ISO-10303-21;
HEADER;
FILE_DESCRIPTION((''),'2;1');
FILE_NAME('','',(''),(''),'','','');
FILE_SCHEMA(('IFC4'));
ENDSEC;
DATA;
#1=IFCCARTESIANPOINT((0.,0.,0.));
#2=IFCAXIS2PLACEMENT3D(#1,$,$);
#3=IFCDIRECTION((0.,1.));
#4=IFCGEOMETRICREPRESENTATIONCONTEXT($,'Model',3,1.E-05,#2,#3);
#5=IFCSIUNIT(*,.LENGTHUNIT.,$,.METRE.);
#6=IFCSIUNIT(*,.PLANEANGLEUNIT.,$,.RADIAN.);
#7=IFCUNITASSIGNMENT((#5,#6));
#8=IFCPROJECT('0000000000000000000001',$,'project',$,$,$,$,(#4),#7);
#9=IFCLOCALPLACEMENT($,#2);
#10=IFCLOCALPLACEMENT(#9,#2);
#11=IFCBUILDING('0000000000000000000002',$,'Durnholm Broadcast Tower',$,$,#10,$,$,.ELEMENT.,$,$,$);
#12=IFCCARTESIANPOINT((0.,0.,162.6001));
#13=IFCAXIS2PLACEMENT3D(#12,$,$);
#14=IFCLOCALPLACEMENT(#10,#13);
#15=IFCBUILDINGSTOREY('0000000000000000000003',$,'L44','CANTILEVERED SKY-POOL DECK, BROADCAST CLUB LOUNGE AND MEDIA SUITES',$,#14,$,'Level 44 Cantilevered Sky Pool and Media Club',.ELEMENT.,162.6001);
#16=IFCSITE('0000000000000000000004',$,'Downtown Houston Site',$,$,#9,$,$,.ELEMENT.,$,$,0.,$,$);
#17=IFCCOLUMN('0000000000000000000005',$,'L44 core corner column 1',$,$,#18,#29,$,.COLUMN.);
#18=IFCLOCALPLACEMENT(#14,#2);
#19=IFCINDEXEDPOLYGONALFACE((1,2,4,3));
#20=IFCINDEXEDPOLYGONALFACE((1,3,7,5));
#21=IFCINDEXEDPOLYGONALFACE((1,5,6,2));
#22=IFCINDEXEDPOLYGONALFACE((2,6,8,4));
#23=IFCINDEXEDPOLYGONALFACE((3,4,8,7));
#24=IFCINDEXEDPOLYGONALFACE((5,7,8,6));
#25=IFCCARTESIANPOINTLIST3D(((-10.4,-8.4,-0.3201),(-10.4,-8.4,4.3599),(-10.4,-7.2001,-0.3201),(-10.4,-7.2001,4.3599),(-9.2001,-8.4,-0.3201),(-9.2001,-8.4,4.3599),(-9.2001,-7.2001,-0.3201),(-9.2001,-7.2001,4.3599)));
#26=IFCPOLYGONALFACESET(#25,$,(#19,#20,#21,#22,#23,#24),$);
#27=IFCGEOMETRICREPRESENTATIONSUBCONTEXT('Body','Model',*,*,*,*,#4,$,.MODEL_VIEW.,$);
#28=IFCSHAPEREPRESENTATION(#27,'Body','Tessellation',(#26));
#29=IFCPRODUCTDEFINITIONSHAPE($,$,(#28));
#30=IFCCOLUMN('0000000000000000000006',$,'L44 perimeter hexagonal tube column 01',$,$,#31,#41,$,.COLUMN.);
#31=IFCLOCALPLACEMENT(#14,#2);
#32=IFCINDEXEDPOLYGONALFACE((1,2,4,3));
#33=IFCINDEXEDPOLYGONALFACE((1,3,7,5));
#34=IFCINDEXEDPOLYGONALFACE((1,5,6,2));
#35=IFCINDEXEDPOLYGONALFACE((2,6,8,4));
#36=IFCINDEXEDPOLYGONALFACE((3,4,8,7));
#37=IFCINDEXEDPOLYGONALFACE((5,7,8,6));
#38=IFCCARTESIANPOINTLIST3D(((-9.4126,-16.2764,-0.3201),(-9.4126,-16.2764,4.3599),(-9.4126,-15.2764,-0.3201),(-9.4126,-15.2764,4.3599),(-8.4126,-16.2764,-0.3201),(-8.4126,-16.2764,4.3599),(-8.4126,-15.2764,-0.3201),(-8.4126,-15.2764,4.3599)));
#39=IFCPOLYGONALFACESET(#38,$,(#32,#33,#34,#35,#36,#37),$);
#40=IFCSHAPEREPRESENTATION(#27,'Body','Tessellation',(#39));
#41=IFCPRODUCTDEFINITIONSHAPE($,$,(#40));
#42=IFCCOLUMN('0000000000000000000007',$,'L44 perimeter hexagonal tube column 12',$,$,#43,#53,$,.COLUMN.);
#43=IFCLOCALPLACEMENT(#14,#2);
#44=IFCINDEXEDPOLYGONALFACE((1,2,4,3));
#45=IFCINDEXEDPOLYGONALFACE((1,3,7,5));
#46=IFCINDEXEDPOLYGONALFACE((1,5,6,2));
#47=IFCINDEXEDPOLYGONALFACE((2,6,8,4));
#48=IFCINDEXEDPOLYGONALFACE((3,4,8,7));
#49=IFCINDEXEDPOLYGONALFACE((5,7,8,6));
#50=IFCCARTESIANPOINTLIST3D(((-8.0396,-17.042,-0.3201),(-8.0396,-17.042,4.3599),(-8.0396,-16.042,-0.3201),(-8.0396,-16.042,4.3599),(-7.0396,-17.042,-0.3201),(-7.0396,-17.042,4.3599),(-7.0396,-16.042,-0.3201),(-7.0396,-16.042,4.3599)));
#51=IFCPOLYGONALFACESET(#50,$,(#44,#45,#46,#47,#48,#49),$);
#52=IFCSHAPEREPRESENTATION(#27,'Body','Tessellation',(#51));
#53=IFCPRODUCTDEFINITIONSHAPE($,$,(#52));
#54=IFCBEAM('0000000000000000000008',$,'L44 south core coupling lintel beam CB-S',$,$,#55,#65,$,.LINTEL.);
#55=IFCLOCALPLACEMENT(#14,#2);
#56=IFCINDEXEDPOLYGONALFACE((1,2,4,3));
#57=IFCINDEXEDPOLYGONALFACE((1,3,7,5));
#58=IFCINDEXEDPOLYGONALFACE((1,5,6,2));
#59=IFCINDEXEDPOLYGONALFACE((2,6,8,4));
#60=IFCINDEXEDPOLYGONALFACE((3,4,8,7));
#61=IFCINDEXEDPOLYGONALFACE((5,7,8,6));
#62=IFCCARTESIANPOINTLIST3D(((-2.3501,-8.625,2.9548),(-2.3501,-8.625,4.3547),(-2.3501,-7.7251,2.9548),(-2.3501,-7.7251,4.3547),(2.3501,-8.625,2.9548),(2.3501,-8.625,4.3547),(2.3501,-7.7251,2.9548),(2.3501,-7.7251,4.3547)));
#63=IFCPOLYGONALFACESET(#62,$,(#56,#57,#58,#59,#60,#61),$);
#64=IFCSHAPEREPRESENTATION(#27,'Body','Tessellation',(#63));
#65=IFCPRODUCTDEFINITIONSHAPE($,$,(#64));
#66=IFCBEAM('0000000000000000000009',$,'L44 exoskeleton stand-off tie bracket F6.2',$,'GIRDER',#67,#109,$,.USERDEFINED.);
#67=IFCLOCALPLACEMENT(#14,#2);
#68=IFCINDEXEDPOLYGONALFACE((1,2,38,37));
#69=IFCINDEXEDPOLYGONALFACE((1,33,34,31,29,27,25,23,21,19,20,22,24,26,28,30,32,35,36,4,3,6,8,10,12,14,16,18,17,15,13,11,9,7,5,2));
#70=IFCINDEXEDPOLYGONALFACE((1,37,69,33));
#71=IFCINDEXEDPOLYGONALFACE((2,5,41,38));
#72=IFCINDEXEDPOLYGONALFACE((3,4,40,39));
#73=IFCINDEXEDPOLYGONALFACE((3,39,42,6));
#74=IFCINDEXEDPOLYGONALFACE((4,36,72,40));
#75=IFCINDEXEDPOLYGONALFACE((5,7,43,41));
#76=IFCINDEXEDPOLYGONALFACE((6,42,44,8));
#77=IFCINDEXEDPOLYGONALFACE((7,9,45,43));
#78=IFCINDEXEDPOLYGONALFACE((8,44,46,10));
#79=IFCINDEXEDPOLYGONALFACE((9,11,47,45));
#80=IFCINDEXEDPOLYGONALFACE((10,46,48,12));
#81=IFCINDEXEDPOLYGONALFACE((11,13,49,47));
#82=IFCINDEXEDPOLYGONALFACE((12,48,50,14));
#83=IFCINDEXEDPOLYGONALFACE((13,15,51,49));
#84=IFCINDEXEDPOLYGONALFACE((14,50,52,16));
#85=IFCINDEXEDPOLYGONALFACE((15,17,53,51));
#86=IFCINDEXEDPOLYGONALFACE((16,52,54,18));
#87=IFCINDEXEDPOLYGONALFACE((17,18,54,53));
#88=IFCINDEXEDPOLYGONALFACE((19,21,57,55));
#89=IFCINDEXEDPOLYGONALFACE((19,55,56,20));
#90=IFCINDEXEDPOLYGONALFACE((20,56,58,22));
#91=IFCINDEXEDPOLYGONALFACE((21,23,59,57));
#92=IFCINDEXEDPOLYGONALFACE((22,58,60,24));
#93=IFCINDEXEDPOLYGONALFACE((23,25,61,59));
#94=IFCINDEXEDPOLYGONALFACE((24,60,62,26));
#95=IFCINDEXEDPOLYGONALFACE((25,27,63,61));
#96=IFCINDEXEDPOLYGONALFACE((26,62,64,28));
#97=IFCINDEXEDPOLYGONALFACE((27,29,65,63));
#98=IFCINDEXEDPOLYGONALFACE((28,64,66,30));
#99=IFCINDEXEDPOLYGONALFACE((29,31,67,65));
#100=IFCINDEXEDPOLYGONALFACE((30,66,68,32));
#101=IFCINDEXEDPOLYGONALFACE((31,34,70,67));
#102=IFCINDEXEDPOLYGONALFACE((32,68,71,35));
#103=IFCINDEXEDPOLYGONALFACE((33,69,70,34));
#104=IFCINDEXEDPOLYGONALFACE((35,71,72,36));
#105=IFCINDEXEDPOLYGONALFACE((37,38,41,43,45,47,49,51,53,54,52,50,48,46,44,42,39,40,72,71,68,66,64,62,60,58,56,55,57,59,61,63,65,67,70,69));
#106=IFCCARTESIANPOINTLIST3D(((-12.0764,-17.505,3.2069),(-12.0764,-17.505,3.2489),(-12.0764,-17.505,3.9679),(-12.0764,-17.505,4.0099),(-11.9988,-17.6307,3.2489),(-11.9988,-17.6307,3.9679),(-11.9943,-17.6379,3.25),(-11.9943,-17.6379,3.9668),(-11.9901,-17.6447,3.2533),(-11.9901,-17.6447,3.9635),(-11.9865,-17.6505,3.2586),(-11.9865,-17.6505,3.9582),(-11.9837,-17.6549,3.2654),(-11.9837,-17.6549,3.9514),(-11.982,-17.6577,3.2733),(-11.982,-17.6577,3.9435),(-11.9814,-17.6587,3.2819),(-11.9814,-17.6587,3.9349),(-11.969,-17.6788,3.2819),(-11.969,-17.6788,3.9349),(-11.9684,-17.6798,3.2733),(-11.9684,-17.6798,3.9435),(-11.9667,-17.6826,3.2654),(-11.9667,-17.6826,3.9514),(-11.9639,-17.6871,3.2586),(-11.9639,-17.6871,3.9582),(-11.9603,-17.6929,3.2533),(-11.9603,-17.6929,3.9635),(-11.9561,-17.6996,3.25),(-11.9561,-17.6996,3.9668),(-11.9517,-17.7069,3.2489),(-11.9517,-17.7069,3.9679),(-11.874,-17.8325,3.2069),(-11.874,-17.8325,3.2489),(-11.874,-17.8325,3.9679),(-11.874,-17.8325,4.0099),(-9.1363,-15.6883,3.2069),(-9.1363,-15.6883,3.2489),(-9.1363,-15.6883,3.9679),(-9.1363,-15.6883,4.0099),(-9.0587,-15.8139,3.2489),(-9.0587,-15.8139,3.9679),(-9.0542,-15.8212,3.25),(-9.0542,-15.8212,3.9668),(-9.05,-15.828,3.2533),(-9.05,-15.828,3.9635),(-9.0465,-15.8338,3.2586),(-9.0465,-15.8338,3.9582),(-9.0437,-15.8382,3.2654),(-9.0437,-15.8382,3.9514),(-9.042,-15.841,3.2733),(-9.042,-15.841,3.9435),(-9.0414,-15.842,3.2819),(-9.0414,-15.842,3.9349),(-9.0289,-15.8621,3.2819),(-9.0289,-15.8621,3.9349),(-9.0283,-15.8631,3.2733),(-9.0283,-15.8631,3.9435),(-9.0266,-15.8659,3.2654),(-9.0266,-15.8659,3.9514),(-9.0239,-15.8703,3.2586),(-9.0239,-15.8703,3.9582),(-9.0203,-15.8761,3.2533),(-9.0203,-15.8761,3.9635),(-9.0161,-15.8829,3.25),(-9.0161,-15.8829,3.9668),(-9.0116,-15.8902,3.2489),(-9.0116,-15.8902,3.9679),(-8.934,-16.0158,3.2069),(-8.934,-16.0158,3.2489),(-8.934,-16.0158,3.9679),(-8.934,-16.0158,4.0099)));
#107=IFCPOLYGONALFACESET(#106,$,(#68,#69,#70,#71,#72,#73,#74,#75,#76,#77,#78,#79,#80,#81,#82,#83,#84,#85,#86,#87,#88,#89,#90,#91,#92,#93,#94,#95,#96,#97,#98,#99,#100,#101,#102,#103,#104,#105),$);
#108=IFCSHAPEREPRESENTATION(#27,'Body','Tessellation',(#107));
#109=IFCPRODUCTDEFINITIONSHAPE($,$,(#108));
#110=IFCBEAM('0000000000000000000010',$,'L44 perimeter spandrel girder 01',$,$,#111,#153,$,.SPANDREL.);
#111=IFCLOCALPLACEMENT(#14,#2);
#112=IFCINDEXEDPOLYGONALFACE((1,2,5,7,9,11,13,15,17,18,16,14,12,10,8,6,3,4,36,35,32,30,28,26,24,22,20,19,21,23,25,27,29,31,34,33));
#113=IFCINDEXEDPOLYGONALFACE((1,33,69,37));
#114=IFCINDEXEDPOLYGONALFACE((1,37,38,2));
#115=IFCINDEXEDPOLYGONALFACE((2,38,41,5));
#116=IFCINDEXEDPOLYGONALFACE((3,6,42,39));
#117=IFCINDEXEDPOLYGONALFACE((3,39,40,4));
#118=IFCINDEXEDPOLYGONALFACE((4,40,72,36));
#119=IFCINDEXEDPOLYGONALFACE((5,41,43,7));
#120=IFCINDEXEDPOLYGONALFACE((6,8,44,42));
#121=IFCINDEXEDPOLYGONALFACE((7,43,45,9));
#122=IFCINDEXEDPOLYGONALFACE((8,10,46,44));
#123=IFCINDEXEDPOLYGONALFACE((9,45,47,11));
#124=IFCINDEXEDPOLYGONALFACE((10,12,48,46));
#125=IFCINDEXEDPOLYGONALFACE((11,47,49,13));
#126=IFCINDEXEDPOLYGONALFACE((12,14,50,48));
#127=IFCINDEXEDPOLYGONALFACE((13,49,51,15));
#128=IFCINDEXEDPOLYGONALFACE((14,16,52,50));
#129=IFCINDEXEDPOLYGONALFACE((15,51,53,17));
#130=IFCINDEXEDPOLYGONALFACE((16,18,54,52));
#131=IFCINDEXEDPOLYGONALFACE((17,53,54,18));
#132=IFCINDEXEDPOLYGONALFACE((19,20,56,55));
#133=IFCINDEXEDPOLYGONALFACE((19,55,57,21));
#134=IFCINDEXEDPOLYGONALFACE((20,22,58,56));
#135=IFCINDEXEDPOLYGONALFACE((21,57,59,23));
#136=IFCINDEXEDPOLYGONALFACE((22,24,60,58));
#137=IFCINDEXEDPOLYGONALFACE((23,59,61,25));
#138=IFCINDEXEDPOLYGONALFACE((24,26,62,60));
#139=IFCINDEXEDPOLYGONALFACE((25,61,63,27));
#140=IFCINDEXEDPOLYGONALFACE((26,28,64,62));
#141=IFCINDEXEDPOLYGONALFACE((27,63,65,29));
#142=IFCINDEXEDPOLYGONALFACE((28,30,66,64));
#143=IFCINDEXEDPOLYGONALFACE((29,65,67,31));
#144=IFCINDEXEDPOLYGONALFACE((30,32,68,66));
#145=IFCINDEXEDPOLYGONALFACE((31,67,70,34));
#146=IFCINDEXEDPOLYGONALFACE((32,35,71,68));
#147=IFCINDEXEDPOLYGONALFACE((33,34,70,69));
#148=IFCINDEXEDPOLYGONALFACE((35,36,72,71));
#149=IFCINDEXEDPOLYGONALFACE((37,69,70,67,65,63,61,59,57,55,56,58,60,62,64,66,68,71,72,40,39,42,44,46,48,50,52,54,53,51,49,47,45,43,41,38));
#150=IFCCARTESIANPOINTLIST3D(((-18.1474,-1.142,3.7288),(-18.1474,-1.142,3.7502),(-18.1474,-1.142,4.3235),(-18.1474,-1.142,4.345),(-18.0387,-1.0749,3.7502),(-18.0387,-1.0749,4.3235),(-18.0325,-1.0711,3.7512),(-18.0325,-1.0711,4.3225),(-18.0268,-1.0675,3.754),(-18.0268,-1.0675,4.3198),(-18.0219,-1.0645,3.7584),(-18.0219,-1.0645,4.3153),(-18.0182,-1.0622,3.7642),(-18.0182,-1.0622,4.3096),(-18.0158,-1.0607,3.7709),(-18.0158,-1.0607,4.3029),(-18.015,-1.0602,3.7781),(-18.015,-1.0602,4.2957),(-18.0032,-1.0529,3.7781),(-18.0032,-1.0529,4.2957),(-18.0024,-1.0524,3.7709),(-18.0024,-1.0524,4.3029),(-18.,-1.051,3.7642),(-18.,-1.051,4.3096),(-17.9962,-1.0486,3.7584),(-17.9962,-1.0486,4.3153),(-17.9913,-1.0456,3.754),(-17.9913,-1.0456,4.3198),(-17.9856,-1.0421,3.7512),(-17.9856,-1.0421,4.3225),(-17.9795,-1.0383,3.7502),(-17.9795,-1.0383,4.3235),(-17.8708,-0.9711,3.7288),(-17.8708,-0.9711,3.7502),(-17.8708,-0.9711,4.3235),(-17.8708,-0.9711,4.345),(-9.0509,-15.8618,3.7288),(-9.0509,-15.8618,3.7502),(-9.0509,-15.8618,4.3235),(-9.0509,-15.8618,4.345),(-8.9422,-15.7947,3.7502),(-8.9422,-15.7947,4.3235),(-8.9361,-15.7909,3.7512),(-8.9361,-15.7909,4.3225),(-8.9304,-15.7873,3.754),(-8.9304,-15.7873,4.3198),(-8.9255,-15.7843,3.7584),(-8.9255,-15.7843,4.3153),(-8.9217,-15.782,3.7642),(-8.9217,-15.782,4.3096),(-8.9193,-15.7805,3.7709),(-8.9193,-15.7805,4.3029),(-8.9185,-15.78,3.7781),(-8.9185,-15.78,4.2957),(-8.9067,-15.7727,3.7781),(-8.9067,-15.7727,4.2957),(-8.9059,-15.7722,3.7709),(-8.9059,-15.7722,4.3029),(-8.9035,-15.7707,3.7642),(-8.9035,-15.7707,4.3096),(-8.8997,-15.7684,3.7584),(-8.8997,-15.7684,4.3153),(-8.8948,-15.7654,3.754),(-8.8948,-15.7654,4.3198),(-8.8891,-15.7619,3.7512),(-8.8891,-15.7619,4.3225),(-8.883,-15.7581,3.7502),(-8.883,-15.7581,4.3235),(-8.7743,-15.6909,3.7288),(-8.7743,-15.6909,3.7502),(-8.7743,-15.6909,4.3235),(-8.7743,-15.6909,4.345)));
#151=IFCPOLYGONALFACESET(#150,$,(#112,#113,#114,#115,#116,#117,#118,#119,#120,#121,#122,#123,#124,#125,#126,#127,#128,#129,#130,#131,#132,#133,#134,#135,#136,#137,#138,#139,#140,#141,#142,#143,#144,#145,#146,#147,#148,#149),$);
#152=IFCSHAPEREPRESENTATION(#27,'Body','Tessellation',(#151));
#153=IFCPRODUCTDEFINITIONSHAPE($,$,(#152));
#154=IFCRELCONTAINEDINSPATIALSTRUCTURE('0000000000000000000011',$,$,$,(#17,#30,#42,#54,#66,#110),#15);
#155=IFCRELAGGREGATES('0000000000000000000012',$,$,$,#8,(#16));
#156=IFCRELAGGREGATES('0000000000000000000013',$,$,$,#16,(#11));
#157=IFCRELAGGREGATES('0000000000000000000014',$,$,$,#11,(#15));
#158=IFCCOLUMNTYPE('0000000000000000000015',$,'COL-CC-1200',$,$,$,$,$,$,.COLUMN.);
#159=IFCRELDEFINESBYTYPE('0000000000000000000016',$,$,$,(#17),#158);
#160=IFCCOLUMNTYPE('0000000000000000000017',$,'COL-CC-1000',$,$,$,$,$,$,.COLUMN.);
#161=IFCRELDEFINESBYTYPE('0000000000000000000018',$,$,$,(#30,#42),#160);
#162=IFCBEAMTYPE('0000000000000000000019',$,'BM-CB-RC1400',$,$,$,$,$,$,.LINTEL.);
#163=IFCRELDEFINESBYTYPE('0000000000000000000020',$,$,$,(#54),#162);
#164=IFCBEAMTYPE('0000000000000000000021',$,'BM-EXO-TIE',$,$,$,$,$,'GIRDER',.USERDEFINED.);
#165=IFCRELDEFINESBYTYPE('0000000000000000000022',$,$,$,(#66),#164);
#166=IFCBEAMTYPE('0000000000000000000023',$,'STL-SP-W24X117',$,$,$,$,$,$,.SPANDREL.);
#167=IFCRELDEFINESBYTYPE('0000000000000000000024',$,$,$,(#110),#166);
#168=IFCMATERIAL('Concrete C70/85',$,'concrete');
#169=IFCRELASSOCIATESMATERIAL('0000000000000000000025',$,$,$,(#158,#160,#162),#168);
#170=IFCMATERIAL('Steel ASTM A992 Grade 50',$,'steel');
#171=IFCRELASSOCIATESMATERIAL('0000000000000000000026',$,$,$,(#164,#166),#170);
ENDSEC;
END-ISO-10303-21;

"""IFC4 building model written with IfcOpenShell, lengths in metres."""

from ifc_helpers import new_model, si_unit, direction, frame, origin, origin_2d, place, context, subcontext, project, spatial, rectangle, i_section, extrude, source, transform, mapped, material, material_profile, profile_set, type_object, type_shapes, element, save


model = new_model("IFC4")

# Units and contexts
model_context = context("Model", 3, precision=1e-05, world=origin(), true_north=direction((0.0, 1.0)))
body_context = subcontext(model_context, "Body", "Model", "MODEL_VIEW")
ifc_project = project(units=[si_unit("LENGTHUNIT", "METRE"), si_unit("PLANEANGLEUNIT", "RADIAN")], contexts=[model_context])

# Site, building, storey
site_placement = place(None, origin())
site = spatial("IfcSite", under=ifc_project, at=site_placement, Name="Downtown Houston Site", CompositionType="ELEMENT", RefElevation=0.0)
building_placement = place(site_placement, origin())
building = spatial("IfcBuilding", under=site, at=building_placement, Name="Durnholm Broadcast Tower", CompositionType="ELEMENT")
storey_placement = place(building_placement, frame((0.0, 0.0, 162.6001)))
storey = spatial("IfcBuildingStorey", under=building, at=storey_placement, Name="L44", Description="CANTILEVERED SKY-POOL DECK, BROADCAST CLUB LOUNGE AND MEDIA SUITES", LongName="Level 44 Cantilevered Sky Pool and Media Club", CompositionType="ELEMENT", Elevation=162.6001)

# Columns
ifc_material_1 = material(Name="Concrete C70/85", Category="concrete")
ifc_material_profile_1 = material_profile(ifc_material_1, rectangle(XDim=1.2, YDim=1.2, at=origin_2d()), Name="RC1200X1200")
ifc_profile_set_1 = profile_set([ifc_material_profile_1], Name="Concrete C70/85")
column_type_1 = type_object("IfcColumnType", Name="COL-CC-1200", PredefinedType="COLUMN", material=ifc_profile_set_1)
shared_shape_1 = source(origin(), body_context, "Body", "SweptSolid", [
    extrude(rectangle(XDim=1.2, YDim=1.2, at=origin_2d()), origin(), (0.0, 0.0, 1.0), 4.6799),
])
type_shapes(column_type_1, [shared_shape_1])
column_placement = place(storey_placement, frame((-9.8, -7.8, -0.3201), z_axis=(0.0, 0.0, 1.0), x_axis=(1.0, 0.0, 0.0)))
element("IfcColumn", 1, at=column_placement, inside=storey, type_object=column_type_1, Name="L44 core corner column 1", PredefinedType="COLUMN", context=body_context, shape_type="MappedRepresentation", body=[
    mapped(shared_shape_1, transform((0.0, 0.0, 0.0), x_axis=(1.0, 0.0, 0.0), y_axis=(0.0, 1.0, 0.0), z_axis=(0.0, 0.0, 1.0), scale=1.0)),
])
ifc_material_profile_2 = material_profile(ifc_material_1, rectangle(XDim=1.0, YDim=1.0, at=origin_2d()), Name="RC1000X1000")
ifc_profile_set_2 = profile_set([ifc_material_profile_2], Name="Concrete C70/85")
column_type_2 = type_object("IfcColumnType", Name="COL-CC-1000", PredefinedType="COLUMN", material=ifc_profile_set_2)
shared_shape_2 = source(origin(), body_context, "Body", "SweptSolid", [
    extrude(rectangle(XDim=1.0, YDim=1.0, at=origin_2d()), origin(), (0.0, 0.0, 1.0), 4.6799),
])
type_shapes(column_type_2, [shared_shape_2])
for number, where, z_axis, x_axis, name in (
    (2, (-8.9126, -15.7764, -0.3201), (0.0, 0.0, 1.0), (1.0, 0.0, 0.0), "L44 perimeter hexagonal tube column 01"),
    (3, (-7.5396, -16.542, -0.3201), (0.0, 0.0, 1.0), (1.0, 0.0, 0.0), "L44 perimeter hexagonal tube column 12"),
):
    element("IfcColumn", number, at=place(storey_placement, frame(where, z_axis=z_axis, x_axis=x_axis)), inside=storey, type_object=column_type_2, Name=name, PredefinedType="COLUMN", context=body_context, shape_type="MappedRepresentation", body=[
        mapped(shared_shape_2, transform((0.0, 0.0, 0.0), x_axis=(1.0, 0.0, 0.0), y_axis=(0.0, 1.0, 0.0), z_axis=(0.0, 0.0, 1.0), scale=1.0)),
    ])

# Beams
ifc_material_profile_3 = material_profile(ifc_material_1, rectangle(XDim=0.8999, YDim=1.3999, at=origin_2d()), Name="RC900X1400")
ifc_profile_set_3 = profile_set([ifc_material_profile_3], Name="Concrete C70/85")
beam_type_1 = type_object("IfcBeamType", Name="BM-CB-RC1400", PredefinedType="LINTEL", material=ifc_profile_set_3)
shared_shape_3 = source(origin(), body_context, "Body", "SweptSolid", [
    extrude(rectangle(XDim=0.8999, YDim=1.3999, at=origin_2d()), origin(), (0.0, 0.0, 1.0), 4.7002),
])
type_shapes(beam_type_1, [shared_shape_3])
beam_1_placement = place(storey_placement, frame((-2.3501, -8.175, 3.6548), z_axis=(1.0, 0.0, 0.0), x_axis=(0.0, 1.0, 0.0)))
element("IfcBeam", 4, at=beam_1_placement, inside=storey, type_object=beam_type_1, Name="L44 south core coupling lintel beam CB-S", PredefinedType="LINTEL", context=body_context, shape_type="MappedRepresentation", body=[
    mapped(shared_shape_3, transform((0.0, 0.0, 0.0), x_axis=(1.0, 0.0, 0.0), y_axis=(0.0, 1.0, 0.0), z_axis=(0.0, 0.0, 1.0), scale=1.0)),
])
ifc_material_2 = material(Name="Steel ASTM A992 Grade 50", Category="steel")
ifc_material_profile_4 = material_profile(ifc_material_2, i_section(OverallWidth=0.385, OverallDepth=0.803, WebThickness=0.0237, FlangeThickness=0.042, FilletRadius=0.033, at=origin_2d()), Name="W30X261")
ifc_profile_set_4 = profile_set([ifc_material_profile_4], Name="Steel ASTM A992 Grade 50")
beam_type_2 = type_object("IfcBeamType", Name="BM-EXO-TIE", ElementType="GIRDER", PredefinedType="USERDEFINED", material=ifc_profile_set_4)
shared_shape_4 = source(origin(), body_context, "Body", "SweptSolid", [
    extrude(i_section(OverallWidth=0.385, OverallDepth=0.803, WebThickness=0.0237, FlangeThickness=0.042, FilletRadius=0.033, at=origin_2d()), origin(), (0.0, 0.0, 1.0), 3.4561),
])
type_shapes(beam_type_2, [shared_shape_4])
beam_2_placement = place(storey_placement, frame((-9.0352, -15.8521, 3.6084), z_axis=(-0.850694, -0.525661, 0.0), x_axis=(0.525661, -0.850694, 0.0)))
element("IfcBeam", 5, at=beam_2_placement, inside=storey, type_object=beam_type_2, Name="L44 exoskeleton stand-off tie bracket F6.2", ObjectType="GIRDER", PredefinedType="USERDEFINED", context=body_context, shape_type="MappedRepresentation", body=[
    mapped(shared_shape_4, transform((0.0, 0.0, 0.0), x_axis=(1.0, 0.0, 0.0), y_axis=(0.0, 1.0, 0.0), z_axis=(0.0, 0.0, 1.0), scale=1.0)),
])
ifc_material_profile_5 = material_profile(ifc_material_2, i_section(OverallWidth=0.3252, OverallDepth=0.6162, WebThickness=0.0139, FlangeThickness=0.0215, FilletRadius=0.0278, at=origin_2d()), Name="W24X117")
ifc_profile_set_5 = profile_set([ifc_material_profile_5], Name="Steel ASTM A992 Grade 50")
beam_type_3 = type_object("IfcBeamType", Name="STL-SP-W24X117", PredefinedType="SPANDREL", material=ifc_profile_set_5)
shared_shape_5 = source(origin(), body_context, "Body", "SweptSolid", [
    extrude(i_section(OverallWidth=0.3252, OverallDepth=0.6162, WebThickness=0.0139, FlangeThickness=0.0215, FilletRadius=0.0278, at=origin_2d()), origin(), (0.0, 0.0, 1.0), 17.3037),
])
beam_3_placement = place(storey_placement, frame((-8.9126, -15.7764, 4.0369), z_axis=(-0.525695, 0.850673, 0.0), x_axis=(-0.850673, -0.525695, 0.0)))
element("IfcBeam", 6, at=beam_3_placement, inside=storey, type_object=beam_type_3, Name="L44 perimeter spandrel girder 01", PredefinedType="SPANDREL", context=body_context, shape_type="MappedRepresentation", body=[
    mapped(shared_shape_5, transform((0.0, 0.0, 0.0), x_axis=(1.0, 0.0, 0.0), y_axis=(0.0, 1.0, 0.0), z_axis=(0.0, 0.0, 1.0), scale=1.0)),
])

save(model, "model.ifc")
